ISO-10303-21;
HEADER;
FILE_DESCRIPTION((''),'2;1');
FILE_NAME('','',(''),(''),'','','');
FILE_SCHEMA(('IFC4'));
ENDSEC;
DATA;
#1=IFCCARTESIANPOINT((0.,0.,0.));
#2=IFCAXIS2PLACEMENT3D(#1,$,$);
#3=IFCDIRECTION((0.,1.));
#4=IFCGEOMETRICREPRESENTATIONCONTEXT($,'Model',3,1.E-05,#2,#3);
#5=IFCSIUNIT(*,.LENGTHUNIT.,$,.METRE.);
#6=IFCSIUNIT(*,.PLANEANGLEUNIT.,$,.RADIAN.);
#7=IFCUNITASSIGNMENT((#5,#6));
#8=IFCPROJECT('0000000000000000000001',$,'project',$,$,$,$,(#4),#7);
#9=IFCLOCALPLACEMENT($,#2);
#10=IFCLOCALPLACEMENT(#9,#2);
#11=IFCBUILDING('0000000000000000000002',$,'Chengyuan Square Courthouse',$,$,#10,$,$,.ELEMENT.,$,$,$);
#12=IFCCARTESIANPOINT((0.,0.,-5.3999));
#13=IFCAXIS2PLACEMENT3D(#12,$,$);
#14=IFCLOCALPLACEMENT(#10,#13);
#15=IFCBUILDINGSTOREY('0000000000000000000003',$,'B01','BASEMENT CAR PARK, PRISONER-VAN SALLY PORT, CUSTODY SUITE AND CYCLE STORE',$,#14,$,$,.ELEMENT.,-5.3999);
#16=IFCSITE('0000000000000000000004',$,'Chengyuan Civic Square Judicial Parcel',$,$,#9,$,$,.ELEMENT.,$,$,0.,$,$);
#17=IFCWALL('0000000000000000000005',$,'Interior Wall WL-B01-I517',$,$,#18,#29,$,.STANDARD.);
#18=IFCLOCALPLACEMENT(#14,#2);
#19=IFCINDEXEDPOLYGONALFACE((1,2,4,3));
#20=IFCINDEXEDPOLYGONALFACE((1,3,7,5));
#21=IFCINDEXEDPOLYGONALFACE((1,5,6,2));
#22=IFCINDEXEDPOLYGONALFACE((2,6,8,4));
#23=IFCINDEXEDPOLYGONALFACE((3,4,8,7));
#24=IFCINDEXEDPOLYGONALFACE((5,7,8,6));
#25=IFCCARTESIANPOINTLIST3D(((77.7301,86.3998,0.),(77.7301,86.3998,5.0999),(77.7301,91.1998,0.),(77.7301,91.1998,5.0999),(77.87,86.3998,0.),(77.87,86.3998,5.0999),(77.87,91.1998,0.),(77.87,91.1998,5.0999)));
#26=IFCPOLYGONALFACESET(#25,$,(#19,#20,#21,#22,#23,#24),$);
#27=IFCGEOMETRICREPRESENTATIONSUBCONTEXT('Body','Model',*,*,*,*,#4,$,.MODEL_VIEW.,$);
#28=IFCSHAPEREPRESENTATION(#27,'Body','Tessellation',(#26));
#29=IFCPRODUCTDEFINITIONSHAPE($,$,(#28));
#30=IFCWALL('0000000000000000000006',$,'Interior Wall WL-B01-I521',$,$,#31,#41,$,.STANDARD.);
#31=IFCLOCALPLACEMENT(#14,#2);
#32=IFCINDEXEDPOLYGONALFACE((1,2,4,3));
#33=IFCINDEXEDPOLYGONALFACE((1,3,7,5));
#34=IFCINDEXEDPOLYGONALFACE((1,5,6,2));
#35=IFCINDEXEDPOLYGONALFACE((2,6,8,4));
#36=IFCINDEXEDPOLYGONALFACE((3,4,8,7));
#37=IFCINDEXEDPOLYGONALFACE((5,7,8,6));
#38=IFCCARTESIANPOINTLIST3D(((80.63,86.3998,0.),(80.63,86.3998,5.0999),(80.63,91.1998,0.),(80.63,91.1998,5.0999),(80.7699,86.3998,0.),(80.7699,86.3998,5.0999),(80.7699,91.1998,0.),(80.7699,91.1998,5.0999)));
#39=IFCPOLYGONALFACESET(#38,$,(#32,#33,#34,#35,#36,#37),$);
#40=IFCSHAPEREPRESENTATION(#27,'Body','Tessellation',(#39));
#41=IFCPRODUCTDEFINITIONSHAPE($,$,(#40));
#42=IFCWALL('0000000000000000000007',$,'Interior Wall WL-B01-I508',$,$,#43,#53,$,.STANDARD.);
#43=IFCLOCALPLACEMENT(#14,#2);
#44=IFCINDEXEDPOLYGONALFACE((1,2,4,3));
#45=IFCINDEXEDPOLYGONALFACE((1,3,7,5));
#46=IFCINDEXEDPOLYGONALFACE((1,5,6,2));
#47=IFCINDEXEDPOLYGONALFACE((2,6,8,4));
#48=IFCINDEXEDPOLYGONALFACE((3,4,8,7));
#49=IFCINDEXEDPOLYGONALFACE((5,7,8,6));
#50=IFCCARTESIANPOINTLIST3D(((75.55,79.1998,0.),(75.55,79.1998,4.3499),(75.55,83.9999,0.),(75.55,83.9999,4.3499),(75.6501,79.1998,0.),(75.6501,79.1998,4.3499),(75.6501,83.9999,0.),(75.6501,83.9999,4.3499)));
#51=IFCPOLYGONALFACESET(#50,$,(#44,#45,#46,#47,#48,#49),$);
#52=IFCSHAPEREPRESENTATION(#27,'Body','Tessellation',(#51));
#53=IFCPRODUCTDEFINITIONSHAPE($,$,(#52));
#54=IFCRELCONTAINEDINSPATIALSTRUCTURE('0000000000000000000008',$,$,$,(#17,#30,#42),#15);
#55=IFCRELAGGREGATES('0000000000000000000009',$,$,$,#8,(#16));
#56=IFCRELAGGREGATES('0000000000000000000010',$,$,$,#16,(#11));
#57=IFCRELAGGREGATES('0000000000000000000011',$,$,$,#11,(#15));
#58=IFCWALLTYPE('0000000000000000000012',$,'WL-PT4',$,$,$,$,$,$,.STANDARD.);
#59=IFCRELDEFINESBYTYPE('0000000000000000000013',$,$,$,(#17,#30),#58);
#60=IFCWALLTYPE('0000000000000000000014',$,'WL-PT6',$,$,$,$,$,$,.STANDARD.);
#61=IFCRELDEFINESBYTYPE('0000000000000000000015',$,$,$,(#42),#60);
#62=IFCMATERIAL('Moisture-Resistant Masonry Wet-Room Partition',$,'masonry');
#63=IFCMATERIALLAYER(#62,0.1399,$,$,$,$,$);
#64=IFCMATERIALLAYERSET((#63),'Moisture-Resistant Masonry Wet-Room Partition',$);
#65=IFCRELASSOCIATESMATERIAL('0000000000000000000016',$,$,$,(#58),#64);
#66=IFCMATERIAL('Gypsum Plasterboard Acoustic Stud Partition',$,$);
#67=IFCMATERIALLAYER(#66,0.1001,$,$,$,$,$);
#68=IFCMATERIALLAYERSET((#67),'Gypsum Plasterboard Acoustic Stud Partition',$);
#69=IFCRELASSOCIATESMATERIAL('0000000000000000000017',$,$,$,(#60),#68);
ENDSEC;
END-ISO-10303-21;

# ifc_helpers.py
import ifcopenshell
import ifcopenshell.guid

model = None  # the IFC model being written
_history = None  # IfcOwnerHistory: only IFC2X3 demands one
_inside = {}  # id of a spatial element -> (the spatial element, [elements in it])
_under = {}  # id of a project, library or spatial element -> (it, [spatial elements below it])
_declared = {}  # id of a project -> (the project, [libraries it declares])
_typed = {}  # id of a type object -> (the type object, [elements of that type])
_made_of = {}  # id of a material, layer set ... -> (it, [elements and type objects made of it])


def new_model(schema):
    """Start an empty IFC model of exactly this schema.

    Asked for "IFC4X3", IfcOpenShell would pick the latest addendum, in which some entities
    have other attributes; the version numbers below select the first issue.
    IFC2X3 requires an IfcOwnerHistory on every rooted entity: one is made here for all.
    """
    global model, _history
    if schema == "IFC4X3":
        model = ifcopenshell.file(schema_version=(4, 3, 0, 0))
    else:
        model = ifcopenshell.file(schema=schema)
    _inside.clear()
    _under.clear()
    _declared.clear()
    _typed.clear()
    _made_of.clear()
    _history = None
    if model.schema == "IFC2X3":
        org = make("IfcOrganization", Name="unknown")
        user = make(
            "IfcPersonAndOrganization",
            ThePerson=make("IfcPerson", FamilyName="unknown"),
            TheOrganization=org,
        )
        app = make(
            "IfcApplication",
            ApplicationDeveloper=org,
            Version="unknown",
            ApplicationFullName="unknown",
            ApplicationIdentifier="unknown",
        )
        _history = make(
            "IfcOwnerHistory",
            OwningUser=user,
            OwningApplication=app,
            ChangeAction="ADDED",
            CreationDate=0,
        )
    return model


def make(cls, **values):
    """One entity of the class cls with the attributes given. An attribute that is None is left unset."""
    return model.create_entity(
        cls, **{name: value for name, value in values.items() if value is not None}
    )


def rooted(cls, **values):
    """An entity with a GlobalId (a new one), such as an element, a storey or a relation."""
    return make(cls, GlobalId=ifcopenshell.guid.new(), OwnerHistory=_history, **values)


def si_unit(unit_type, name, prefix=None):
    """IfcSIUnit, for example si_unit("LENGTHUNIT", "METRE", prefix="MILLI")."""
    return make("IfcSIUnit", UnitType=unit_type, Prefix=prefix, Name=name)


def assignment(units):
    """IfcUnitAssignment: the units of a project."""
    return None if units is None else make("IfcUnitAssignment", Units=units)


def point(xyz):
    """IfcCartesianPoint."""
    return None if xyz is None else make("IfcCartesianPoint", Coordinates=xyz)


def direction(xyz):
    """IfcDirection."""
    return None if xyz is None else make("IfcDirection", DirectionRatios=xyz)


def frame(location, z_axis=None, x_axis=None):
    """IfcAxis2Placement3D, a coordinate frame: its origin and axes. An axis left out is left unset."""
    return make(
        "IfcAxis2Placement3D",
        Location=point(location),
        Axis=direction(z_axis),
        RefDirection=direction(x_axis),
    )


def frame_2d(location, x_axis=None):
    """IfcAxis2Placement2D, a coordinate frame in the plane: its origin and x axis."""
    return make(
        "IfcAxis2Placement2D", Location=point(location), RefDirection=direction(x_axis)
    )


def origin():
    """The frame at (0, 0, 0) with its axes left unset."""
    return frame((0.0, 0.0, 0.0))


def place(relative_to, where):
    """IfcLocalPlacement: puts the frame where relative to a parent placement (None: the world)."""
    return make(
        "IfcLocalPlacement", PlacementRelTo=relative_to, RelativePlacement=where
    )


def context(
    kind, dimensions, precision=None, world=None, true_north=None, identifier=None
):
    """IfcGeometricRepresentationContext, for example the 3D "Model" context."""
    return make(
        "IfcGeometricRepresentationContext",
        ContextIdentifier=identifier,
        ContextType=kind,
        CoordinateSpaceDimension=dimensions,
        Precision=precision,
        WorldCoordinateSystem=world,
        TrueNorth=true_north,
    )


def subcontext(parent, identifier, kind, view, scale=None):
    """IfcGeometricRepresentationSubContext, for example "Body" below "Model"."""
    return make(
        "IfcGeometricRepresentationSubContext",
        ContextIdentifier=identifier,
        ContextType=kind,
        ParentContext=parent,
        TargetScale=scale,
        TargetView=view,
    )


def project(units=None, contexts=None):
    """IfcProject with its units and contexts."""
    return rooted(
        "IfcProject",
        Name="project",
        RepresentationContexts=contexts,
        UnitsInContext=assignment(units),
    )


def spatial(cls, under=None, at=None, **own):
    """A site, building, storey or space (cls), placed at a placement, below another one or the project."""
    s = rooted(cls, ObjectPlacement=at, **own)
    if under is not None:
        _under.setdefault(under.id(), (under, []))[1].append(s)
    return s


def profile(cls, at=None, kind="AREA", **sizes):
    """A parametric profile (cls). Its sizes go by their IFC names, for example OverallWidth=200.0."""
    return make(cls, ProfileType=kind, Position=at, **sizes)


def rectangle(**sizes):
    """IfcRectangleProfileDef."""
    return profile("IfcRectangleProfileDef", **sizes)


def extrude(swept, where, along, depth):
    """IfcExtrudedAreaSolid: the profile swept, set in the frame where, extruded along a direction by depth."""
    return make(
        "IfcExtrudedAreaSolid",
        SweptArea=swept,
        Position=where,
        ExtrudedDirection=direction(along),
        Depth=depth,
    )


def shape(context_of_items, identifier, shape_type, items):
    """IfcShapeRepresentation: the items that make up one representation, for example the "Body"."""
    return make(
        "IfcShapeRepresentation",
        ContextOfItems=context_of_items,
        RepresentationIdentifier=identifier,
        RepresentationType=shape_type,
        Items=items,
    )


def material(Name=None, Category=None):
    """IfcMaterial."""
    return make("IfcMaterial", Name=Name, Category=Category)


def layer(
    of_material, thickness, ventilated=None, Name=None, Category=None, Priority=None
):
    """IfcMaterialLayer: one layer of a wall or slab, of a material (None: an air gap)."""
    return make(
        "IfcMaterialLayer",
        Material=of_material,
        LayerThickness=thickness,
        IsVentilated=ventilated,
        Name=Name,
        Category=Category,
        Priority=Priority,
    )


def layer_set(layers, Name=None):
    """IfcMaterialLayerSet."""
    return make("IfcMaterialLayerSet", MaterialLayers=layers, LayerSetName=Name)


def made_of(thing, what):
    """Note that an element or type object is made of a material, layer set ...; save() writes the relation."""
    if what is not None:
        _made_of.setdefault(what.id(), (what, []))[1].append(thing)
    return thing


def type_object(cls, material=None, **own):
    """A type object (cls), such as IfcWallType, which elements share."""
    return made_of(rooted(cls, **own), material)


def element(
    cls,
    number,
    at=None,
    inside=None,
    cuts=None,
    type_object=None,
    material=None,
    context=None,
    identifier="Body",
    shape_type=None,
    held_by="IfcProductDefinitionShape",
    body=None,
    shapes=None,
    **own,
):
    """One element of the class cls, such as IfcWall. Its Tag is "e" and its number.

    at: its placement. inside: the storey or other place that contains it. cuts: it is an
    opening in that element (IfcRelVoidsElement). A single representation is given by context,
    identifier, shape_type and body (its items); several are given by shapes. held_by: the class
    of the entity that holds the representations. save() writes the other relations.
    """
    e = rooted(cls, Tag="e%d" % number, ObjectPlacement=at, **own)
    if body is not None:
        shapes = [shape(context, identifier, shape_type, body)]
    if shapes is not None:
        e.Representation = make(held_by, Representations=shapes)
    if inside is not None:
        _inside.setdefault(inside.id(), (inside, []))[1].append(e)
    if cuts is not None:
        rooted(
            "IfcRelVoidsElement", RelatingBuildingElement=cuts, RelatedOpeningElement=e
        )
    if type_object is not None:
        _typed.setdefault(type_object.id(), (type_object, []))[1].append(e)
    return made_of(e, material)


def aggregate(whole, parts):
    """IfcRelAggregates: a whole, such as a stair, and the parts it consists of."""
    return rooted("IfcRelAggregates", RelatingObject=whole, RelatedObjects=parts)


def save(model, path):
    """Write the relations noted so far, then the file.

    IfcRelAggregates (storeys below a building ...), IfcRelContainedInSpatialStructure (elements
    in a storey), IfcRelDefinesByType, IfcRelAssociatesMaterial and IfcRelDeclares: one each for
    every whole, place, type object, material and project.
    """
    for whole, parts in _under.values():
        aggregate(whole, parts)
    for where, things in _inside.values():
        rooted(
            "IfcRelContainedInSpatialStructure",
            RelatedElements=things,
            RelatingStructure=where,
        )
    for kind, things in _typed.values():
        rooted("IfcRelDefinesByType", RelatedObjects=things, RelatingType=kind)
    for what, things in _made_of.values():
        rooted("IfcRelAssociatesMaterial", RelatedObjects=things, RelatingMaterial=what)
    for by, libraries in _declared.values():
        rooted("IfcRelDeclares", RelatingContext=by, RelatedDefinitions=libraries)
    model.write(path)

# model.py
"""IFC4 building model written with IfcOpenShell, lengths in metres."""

from ifc_helpers import new_model, si_unit, direction, frame, frame_2d, origin, place, context, subcontext, project, spatial, rectangle, extrude, material, layer, layer_set, type_object, element, save


model = new_model("IFC4")

# Units and contexts
model_context = context("Model", 3, precision=1e-05, world=origin(), true_north=direction((0.0, 1.0)))
body_context = subcontext(model_context, "Body", "Model", "MODEL_VIEW")
ifc_project = project(units=[si_unit("LENGTHUNIT", "METRE"), si_unit("PLANEANGLEUNIT", "RADIAN")], contexts=[model_context])

# Site, building, storey
site_placement = place(None, origin())
site = spatial("IfcSite", under=ifc_project, at=site_placement, Name="Chengyuan Civic Square Judicial Parcel", CompositionType="ELEMENT", RefElevation=0.0)
building_placement = place(site_placement, origin())
building = spatial("IfcBuilding", under=site, at=building_placement, Name="Chengyuan Square Courthouse", CompositionType="ELEMENT")
storey_placement = place(building_placement, frame((0.0, 0.0, -5.3999)))
storey = spatial("IfcBuildingStorey", under=building, at=storey_placement, Name="B01", Description="BASEMENT CAR PARK, PRISONER-VAN SALLY PORT, CUSTODY SUITE AND CYCLE STORE", CompositionType="ELEMENT", Elevation=-5.3999)

# Walls
ifc_material_1 = material(Name="Moisture-Resistant Masonry Wet-Room Partition", Category="masonry")
ifc_layer_1 = layer(ifc_material_1, 0.1399)
ifc_layer_set_1 = layer_set([ifc_layer_1], Name="Moisture-Resistant Masonry Wet-Room Partition")
wall_type_1 = type_object("IfcWallType", Name="WL-PT4", PredefinedType="STANDARD", material=ifc_layer_set_1)
for number, where, z_axis, x_axis, name in (
    (1, (77.8, 86.3999, 0.0), (0.0, 0.0, 1.0), (0.0, 1.0, 0.0), "Interior Wall WL-B01-I517"),
    (2, (80.7, 86.3999, 0.0), (0.0, 0.0, 1.0), (0.0, 1.0, 0.0), "Interior Wall WL-B01-I521"),
):
    element("IfcWall", number, at=place(storey_placement, frame(where, z_axis=z_axis, x_axis=x_axis)), inside=storey, type_object=wall_type_1, Name=name, PredefinedType="STANDARD", context=body_context, shape_type="SweptSolid", body=[
        extrude(rectangle(XDim=4.8, YDim=0.1399, at=frame_2d((2.3999, 0.0))), origin(), (0.0, 0.0, 1.0), 5.0999),
    ])
ifc_material_2 = material(Name="Gypsum Plasterboard Acoustic Stud Partition")
ifc_layer_2 = layer(ifc_material_2, 0.1001)
ifc_layer_set_2 = layer_set([ifc_layer_2], Name="Gypsum Plasterboard Acoustic Stud Partition")
wall_type_2 = type_object("IfcWallType", Name="WL-PT6", PredefinedType="STANDARD", material=ifc_layer_set_2)
wall_1_placement = place(storey_placement, frame((75.6001, 79.2, 0.0), z_axis=(0.0, 0.0, 1.0), x_axis=(0.0, 1.0, 0.0)))
element("IfcWall", 3, at=wall_1_placement, inside=storey, type_object=wall_type_2, Name="Interior Wall WL-B01-I508", PredefinedType="STANDARD", context=body_context, shape_type="SweptSolid", body=[
    extrude(rectangle(XDim=4.8, YDim=0.1001, at=frame_2d((2.3999, 0.0))), origin(), (0.0, 0.0, 1.0), 4.3499),
])

save(model, "model.ifc")
